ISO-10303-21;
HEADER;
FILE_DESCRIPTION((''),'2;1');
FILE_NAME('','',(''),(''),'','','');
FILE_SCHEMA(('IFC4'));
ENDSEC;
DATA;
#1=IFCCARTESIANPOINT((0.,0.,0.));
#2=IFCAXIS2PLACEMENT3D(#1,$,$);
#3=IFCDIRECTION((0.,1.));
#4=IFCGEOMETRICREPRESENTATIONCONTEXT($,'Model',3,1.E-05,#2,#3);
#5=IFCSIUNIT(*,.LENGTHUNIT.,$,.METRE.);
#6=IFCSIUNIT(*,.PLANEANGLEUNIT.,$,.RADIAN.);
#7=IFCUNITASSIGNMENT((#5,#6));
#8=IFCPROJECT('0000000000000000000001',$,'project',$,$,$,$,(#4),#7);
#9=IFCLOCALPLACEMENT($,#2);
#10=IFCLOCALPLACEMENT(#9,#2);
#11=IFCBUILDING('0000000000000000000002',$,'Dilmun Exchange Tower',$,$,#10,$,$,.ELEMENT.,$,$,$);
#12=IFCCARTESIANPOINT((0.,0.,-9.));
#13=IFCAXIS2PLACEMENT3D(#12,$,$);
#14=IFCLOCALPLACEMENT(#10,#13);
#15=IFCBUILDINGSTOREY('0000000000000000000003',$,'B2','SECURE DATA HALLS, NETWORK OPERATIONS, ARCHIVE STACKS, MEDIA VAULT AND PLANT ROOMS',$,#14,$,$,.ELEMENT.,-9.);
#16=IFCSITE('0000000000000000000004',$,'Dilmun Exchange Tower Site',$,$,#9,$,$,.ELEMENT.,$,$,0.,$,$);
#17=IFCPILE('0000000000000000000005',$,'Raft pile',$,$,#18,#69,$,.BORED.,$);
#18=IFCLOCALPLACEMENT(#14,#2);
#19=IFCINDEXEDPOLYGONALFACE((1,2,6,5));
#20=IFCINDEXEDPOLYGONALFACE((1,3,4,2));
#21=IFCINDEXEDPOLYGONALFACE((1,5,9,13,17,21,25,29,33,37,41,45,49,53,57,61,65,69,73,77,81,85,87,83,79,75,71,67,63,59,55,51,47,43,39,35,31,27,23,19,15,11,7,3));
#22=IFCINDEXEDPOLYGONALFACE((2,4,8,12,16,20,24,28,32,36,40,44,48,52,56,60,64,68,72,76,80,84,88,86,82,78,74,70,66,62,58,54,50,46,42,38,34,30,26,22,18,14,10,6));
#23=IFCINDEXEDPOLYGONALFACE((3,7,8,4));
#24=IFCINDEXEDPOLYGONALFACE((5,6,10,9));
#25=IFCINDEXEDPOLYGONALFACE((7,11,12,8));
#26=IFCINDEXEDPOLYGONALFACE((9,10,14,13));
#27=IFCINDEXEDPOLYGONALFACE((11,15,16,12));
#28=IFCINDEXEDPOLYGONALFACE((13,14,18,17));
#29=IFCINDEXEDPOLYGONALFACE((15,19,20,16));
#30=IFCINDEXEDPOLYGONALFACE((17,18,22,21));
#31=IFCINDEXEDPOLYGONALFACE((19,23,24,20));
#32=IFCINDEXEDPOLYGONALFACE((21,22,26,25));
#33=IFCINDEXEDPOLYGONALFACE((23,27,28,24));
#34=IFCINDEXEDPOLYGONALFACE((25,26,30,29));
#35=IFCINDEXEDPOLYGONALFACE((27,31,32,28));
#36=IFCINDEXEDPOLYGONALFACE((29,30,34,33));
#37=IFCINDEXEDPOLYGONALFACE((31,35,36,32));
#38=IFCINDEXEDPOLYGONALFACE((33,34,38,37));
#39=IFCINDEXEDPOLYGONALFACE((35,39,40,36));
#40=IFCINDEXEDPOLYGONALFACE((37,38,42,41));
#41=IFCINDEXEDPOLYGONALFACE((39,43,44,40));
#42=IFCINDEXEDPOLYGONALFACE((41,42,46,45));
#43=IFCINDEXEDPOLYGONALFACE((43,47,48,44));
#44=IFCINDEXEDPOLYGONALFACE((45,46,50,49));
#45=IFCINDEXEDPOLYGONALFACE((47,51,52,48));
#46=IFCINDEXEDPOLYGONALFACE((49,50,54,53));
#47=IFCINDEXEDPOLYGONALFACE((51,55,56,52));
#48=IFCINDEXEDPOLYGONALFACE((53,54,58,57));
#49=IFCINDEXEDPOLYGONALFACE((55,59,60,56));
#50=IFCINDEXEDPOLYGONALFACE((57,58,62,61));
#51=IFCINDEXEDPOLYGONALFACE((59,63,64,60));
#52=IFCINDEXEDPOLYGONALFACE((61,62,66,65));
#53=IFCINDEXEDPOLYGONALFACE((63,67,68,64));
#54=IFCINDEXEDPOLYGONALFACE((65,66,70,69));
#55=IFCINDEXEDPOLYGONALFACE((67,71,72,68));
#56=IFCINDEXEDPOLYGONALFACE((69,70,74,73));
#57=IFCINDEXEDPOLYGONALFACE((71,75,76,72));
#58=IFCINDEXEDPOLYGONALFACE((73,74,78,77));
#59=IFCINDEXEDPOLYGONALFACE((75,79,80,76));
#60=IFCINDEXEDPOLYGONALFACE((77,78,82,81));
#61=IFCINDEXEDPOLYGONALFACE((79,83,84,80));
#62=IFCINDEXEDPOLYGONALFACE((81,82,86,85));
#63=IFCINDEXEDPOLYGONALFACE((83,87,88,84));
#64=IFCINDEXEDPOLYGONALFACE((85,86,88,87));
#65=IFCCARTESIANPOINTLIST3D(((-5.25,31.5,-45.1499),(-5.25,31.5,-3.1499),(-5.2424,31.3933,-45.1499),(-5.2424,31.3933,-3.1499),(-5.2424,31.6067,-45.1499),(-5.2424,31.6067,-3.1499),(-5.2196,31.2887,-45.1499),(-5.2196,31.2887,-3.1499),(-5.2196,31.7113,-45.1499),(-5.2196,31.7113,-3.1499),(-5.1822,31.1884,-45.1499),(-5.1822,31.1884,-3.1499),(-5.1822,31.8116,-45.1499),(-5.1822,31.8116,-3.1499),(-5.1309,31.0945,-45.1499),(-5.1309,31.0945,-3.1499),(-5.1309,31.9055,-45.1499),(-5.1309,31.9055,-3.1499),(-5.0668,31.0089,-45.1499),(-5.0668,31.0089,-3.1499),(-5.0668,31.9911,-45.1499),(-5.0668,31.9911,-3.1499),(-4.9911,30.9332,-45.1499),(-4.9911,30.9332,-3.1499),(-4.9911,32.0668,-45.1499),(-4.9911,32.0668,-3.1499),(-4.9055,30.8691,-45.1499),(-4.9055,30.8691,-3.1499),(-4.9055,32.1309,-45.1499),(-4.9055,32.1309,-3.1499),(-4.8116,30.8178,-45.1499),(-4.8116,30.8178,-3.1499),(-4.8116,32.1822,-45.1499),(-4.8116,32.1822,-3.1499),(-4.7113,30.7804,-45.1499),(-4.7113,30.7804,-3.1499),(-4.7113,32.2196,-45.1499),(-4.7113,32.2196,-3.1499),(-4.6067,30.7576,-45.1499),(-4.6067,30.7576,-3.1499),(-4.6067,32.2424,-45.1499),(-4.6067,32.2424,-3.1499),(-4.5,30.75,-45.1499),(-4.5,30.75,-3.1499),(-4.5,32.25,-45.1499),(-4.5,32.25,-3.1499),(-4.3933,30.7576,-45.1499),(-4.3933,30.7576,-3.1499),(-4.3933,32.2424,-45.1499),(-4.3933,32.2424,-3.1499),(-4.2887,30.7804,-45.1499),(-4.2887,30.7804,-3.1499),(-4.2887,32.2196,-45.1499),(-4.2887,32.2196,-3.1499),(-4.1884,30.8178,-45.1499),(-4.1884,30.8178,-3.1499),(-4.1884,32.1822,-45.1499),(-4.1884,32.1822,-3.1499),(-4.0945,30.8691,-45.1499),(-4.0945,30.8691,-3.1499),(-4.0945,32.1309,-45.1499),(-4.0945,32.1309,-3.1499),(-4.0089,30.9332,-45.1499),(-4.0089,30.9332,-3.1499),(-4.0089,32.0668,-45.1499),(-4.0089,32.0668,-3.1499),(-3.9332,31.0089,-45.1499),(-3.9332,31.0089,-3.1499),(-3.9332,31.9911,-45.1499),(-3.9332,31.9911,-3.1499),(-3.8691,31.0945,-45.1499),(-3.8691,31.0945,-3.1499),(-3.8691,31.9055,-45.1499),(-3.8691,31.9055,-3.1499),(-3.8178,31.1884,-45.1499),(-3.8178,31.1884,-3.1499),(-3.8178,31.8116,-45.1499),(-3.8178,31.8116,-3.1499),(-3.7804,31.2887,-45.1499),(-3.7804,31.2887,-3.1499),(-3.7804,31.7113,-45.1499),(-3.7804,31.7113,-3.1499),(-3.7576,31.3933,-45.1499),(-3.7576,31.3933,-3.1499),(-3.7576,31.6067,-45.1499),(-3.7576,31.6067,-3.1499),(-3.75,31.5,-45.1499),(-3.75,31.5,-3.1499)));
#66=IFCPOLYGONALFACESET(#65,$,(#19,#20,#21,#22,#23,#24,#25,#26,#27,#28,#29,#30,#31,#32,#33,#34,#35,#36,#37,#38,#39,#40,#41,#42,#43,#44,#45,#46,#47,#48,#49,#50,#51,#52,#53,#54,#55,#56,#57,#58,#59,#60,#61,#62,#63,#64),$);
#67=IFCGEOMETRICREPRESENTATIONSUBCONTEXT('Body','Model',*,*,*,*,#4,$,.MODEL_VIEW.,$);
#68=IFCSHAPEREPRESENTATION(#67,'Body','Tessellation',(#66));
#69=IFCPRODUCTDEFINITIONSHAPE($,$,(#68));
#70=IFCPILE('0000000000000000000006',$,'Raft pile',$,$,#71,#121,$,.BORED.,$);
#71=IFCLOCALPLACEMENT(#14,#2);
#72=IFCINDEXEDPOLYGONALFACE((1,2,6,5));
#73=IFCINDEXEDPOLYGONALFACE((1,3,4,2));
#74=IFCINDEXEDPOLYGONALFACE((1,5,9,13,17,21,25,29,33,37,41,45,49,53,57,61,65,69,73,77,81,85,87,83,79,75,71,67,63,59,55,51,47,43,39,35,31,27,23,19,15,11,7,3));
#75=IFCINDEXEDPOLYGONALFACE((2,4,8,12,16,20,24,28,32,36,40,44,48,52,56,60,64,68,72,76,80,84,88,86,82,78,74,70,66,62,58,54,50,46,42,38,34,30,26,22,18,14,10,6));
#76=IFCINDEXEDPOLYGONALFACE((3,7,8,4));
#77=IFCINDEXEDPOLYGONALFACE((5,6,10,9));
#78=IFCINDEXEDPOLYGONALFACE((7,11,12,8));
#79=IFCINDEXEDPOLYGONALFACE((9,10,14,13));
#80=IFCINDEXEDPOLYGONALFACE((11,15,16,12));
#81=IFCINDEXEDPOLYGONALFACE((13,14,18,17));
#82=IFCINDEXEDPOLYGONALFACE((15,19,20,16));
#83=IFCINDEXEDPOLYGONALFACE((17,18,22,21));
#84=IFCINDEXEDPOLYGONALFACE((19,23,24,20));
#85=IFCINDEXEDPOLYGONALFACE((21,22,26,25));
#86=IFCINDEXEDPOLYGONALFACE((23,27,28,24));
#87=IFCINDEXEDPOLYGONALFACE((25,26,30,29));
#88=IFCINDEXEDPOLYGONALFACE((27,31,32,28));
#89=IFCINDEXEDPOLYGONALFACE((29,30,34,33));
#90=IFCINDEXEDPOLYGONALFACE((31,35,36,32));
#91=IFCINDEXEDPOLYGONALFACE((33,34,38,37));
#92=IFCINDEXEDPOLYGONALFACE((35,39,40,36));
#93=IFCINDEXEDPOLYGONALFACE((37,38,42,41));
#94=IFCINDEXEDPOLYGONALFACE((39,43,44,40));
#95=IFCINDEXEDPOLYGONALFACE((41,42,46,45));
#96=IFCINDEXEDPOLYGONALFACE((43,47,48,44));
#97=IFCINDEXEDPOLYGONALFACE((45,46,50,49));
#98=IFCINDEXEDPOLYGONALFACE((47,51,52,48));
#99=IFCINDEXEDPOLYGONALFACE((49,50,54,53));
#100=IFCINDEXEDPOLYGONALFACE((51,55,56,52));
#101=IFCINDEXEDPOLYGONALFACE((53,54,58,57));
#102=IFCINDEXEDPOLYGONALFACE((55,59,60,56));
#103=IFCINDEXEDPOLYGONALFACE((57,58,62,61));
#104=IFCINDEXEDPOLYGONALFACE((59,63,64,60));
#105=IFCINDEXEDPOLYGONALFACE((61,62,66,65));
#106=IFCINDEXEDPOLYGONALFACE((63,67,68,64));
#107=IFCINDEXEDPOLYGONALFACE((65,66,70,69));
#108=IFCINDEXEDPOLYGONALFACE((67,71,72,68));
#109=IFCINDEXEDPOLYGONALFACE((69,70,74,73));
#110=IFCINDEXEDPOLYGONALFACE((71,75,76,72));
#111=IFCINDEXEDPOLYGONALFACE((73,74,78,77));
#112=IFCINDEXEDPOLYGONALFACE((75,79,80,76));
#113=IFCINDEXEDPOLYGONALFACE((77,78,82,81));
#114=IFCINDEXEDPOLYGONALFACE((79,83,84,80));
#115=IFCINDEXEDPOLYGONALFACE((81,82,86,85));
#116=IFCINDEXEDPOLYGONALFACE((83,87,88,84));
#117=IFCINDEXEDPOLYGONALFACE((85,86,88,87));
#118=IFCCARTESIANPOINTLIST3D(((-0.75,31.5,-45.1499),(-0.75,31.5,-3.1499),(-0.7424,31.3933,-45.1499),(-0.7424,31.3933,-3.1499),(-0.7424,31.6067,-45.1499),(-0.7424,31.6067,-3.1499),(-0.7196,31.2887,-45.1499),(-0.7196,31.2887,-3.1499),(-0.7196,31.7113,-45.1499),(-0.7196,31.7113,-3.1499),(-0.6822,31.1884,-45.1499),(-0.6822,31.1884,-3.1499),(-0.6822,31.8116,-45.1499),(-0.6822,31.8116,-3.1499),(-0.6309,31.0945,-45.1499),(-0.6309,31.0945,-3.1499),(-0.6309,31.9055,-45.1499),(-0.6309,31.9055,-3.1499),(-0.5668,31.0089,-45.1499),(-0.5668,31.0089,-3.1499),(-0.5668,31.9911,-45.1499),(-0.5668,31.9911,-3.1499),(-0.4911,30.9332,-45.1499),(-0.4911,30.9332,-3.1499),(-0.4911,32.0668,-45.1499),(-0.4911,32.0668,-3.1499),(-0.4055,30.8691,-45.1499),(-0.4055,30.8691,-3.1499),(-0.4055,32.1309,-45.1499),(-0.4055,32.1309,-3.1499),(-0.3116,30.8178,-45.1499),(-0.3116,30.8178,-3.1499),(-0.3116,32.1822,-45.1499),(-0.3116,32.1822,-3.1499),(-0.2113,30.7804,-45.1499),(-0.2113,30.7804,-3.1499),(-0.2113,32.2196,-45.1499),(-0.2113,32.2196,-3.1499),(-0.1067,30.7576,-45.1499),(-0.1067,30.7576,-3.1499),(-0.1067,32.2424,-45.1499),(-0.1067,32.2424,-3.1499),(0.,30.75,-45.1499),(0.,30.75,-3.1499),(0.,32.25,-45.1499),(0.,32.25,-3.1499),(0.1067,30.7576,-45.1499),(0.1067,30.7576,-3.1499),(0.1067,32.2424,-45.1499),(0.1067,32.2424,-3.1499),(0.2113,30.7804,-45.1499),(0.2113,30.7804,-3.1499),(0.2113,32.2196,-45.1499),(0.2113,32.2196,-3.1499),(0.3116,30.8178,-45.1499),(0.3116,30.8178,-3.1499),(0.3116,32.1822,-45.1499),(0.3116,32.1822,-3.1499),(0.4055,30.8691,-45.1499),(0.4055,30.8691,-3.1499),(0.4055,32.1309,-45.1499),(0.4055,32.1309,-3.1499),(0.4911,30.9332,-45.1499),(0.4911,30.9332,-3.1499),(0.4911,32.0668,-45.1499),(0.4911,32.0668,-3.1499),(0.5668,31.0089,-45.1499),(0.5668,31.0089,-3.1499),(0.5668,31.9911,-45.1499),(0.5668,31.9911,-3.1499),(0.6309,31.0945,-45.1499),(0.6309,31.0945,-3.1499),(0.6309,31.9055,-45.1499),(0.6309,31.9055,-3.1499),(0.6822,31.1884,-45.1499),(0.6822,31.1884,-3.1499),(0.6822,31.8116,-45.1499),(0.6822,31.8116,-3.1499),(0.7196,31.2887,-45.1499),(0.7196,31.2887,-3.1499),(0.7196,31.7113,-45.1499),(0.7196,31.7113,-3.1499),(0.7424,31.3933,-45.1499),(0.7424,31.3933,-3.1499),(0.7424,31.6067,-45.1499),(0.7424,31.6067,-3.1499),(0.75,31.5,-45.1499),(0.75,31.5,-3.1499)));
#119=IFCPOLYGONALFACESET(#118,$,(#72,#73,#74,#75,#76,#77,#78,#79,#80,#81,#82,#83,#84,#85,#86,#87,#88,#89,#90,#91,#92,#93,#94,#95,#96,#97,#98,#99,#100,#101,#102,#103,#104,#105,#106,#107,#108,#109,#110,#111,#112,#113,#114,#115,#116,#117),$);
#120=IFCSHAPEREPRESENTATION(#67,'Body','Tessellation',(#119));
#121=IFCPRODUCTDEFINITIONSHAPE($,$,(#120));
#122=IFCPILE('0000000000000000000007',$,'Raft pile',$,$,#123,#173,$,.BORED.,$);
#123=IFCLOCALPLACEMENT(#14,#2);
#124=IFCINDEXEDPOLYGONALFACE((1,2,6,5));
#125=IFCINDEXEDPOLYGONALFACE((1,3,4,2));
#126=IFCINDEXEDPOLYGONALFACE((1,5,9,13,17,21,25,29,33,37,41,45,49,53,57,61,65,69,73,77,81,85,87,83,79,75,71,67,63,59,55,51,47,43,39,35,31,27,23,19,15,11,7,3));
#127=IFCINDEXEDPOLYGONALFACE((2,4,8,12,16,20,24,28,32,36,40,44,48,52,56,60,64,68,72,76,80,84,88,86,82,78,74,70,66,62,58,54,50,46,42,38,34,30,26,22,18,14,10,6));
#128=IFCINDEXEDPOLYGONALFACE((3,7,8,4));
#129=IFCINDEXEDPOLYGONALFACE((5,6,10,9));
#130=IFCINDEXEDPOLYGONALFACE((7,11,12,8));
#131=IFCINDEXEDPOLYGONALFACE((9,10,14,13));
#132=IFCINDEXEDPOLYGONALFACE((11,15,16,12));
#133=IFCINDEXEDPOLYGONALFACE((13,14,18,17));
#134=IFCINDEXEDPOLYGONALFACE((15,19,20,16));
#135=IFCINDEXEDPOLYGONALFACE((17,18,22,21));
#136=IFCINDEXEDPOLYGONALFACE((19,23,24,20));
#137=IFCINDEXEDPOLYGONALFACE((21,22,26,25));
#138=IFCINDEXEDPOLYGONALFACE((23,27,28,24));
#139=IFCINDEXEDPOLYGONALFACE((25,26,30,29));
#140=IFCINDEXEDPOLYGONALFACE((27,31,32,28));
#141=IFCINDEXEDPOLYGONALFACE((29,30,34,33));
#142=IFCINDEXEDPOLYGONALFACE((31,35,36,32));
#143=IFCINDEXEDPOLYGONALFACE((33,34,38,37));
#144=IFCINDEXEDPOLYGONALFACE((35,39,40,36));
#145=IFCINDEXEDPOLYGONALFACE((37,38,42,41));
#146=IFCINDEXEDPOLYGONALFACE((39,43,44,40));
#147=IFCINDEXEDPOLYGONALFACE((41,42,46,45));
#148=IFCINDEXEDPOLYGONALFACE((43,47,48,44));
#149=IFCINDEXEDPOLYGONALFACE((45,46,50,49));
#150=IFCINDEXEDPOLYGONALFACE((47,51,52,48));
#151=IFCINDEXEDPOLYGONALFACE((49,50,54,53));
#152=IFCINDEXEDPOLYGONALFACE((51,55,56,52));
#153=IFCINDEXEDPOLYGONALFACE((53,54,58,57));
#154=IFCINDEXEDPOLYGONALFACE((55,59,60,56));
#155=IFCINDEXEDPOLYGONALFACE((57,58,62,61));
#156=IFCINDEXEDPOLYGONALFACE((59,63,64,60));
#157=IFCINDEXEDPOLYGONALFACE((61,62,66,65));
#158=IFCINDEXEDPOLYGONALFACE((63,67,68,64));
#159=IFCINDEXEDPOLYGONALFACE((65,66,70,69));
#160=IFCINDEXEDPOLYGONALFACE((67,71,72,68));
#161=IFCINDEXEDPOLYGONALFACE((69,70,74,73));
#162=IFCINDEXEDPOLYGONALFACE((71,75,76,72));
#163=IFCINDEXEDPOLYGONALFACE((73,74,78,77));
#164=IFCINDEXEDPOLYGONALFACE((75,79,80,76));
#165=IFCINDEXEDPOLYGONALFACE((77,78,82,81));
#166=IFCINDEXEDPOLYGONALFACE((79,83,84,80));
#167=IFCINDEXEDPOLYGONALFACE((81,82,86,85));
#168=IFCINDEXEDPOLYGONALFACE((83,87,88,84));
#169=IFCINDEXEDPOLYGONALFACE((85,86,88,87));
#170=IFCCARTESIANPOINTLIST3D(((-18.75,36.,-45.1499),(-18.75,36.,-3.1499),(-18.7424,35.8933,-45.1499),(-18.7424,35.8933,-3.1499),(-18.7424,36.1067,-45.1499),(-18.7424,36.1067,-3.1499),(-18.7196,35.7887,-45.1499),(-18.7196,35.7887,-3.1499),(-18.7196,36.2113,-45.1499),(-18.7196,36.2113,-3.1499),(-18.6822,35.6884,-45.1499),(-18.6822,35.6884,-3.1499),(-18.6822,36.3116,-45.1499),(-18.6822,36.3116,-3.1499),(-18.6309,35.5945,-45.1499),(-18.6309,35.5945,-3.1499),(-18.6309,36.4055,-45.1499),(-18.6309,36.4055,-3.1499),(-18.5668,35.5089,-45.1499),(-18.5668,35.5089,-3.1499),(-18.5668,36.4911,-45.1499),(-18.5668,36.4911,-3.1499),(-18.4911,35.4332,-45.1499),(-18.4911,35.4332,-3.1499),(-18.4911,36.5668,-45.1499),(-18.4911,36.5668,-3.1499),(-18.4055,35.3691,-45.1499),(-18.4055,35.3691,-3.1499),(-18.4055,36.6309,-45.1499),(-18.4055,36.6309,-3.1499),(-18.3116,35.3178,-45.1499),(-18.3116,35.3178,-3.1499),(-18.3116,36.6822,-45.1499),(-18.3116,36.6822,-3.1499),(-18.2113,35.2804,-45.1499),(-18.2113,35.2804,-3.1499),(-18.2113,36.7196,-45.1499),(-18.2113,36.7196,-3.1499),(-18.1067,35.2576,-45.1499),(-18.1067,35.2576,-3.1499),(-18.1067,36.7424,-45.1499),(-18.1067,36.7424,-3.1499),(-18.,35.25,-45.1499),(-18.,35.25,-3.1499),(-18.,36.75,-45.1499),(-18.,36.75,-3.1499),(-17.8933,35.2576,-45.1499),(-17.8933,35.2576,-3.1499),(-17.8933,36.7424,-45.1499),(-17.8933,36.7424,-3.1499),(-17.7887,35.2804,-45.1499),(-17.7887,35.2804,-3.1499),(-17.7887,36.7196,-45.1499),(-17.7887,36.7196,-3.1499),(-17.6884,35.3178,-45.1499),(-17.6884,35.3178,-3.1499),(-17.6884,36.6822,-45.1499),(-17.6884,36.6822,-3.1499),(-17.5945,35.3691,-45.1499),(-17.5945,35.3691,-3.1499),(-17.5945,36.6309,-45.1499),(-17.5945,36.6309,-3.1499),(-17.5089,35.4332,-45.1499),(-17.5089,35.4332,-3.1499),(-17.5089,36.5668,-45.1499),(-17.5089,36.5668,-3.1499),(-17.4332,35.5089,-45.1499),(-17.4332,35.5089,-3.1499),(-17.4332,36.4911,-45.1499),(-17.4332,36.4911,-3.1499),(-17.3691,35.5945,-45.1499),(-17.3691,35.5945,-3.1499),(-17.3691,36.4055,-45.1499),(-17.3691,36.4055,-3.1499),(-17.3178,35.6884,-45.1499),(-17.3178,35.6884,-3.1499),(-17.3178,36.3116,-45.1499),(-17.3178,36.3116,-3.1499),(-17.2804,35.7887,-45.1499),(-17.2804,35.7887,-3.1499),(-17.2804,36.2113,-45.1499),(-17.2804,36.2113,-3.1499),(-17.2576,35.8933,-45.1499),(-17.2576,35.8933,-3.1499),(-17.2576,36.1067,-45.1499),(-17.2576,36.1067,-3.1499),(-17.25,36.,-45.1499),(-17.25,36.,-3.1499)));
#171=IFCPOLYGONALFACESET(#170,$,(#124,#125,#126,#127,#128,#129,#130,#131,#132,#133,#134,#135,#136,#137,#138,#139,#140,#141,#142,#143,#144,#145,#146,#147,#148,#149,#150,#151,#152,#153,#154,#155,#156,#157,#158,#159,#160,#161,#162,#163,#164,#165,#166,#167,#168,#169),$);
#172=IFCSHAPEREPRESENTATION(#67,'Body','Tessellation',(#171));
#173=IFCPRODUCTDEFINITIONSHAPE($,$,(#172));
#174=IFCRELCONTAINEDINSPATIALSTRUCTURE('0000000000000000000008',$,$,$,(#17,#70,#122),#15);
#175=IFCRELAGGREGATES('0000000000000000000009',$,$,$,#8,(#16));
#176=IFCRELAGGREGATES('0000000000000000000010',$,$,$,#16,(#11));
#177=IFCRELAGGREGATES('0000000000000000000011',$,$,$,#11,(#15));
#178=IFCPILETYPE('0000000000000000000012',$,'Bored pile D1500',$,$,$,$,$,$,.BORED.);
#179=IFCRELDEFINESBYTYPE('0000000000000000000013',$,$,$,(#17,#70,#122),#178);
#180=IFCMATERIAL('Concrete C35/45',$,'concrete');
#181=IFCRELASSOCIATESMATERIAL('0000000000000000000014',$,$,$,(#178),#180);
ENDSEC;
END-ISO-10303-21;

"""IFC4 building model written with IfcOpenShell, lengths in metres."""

from ifc_helpers import new_model, si_unit, direction, frame, origin, origin_2d, place, context, subcontext, project, spatial, circle, extrude, material, material_profile, profile_set, type_object, element, save


model = new_model("IFC4")

# Units and contexts
model_context = context("Model", 3, precision=1e-05, world=origin(), true_north=direction((0.0, 1.0)))
body_context = subcontext(model_context, "Body", "Model", "MODEL_VIEW")
ifc_project = project(units=[si_unit("LENGTHUNIT", "METRE"), si_unit("PLANEANGLEUNIT", "RADIAN")], contexts=[model_context])

# Site, building, storey
site_placement = place(None, origin())
site = spatial("IfcSite", under=ifc_project, at=site_placement, Name="Dilmun Exchange Tower Site", CompositionType="ELEMENT", RefElevation=0.0)
building_placement = place(site_placement, origin())
building = spatial("IfcBuilding", under=site, at=building_placement, Name="Dilmun Exchange Tower", CompositionType="ELEMENT")
storey_placement = place(building_placement, frame((0.0, 0.0, -9.0)))
storey = spatial("IfcBuildingStorey", under=building, at=storey_placement, Name="B2", Description="SECURE DATA HALLS, NETWORK OPERATIONS, ARCHIVE STACKS, MEDIA VAULT AND PLANT ROOMS", CompositionType="ELEMENT", Elevation=-9.0)

# Piles
ifc_material_1 = material(Name="Concrete C35/45", Category="concrete")
ifc_material_profile_1 = material_profile(ifc_material_1, circle(Radius=0.75, at=origin_2d()), Name="D1500")
ifc_profile_set_1 = profile_set([ifc_material_profile_1], Name="Concrete C35/45")
pile_type = type_object("IfcPileType", Name="Bored pile D1500", PredefinedType="BORED", material=ifc_profile_set_1)
for number, where, z_axis, x_axis, name in (
    (1, (-4.5, 31.5, -3.1499), (0.0, 0.0, -1.0), (1.0, 0.0, 0.0), "Raft pile"),
    (2, (0.0, 31.5, -3.1499), (0.0, 0.0, -1.0), (1.0, 0.0, 0.0), "Raft pile"),
    (3, (-18.0, 36.0, -3.1499), (0.0, 0.0, -1.0), (1.0, 0.0, 0.0), "Raft pile"),
):
    element("IfcPile", number, at=place(storey_placement, frame(where, z_axis=z_axis, x_axis=x_axis)), inside=storey, type_object=pile_type, Name=name, PredefinedType="BORED", context=body_context, shape_type="SweptSolid", body=[
        extrude(circle(Radius=0.75, at=origin_2d()), origin(), (0.0, 0.0, 1.0), 42.0),
    ])

save(model, "model.ifc")
